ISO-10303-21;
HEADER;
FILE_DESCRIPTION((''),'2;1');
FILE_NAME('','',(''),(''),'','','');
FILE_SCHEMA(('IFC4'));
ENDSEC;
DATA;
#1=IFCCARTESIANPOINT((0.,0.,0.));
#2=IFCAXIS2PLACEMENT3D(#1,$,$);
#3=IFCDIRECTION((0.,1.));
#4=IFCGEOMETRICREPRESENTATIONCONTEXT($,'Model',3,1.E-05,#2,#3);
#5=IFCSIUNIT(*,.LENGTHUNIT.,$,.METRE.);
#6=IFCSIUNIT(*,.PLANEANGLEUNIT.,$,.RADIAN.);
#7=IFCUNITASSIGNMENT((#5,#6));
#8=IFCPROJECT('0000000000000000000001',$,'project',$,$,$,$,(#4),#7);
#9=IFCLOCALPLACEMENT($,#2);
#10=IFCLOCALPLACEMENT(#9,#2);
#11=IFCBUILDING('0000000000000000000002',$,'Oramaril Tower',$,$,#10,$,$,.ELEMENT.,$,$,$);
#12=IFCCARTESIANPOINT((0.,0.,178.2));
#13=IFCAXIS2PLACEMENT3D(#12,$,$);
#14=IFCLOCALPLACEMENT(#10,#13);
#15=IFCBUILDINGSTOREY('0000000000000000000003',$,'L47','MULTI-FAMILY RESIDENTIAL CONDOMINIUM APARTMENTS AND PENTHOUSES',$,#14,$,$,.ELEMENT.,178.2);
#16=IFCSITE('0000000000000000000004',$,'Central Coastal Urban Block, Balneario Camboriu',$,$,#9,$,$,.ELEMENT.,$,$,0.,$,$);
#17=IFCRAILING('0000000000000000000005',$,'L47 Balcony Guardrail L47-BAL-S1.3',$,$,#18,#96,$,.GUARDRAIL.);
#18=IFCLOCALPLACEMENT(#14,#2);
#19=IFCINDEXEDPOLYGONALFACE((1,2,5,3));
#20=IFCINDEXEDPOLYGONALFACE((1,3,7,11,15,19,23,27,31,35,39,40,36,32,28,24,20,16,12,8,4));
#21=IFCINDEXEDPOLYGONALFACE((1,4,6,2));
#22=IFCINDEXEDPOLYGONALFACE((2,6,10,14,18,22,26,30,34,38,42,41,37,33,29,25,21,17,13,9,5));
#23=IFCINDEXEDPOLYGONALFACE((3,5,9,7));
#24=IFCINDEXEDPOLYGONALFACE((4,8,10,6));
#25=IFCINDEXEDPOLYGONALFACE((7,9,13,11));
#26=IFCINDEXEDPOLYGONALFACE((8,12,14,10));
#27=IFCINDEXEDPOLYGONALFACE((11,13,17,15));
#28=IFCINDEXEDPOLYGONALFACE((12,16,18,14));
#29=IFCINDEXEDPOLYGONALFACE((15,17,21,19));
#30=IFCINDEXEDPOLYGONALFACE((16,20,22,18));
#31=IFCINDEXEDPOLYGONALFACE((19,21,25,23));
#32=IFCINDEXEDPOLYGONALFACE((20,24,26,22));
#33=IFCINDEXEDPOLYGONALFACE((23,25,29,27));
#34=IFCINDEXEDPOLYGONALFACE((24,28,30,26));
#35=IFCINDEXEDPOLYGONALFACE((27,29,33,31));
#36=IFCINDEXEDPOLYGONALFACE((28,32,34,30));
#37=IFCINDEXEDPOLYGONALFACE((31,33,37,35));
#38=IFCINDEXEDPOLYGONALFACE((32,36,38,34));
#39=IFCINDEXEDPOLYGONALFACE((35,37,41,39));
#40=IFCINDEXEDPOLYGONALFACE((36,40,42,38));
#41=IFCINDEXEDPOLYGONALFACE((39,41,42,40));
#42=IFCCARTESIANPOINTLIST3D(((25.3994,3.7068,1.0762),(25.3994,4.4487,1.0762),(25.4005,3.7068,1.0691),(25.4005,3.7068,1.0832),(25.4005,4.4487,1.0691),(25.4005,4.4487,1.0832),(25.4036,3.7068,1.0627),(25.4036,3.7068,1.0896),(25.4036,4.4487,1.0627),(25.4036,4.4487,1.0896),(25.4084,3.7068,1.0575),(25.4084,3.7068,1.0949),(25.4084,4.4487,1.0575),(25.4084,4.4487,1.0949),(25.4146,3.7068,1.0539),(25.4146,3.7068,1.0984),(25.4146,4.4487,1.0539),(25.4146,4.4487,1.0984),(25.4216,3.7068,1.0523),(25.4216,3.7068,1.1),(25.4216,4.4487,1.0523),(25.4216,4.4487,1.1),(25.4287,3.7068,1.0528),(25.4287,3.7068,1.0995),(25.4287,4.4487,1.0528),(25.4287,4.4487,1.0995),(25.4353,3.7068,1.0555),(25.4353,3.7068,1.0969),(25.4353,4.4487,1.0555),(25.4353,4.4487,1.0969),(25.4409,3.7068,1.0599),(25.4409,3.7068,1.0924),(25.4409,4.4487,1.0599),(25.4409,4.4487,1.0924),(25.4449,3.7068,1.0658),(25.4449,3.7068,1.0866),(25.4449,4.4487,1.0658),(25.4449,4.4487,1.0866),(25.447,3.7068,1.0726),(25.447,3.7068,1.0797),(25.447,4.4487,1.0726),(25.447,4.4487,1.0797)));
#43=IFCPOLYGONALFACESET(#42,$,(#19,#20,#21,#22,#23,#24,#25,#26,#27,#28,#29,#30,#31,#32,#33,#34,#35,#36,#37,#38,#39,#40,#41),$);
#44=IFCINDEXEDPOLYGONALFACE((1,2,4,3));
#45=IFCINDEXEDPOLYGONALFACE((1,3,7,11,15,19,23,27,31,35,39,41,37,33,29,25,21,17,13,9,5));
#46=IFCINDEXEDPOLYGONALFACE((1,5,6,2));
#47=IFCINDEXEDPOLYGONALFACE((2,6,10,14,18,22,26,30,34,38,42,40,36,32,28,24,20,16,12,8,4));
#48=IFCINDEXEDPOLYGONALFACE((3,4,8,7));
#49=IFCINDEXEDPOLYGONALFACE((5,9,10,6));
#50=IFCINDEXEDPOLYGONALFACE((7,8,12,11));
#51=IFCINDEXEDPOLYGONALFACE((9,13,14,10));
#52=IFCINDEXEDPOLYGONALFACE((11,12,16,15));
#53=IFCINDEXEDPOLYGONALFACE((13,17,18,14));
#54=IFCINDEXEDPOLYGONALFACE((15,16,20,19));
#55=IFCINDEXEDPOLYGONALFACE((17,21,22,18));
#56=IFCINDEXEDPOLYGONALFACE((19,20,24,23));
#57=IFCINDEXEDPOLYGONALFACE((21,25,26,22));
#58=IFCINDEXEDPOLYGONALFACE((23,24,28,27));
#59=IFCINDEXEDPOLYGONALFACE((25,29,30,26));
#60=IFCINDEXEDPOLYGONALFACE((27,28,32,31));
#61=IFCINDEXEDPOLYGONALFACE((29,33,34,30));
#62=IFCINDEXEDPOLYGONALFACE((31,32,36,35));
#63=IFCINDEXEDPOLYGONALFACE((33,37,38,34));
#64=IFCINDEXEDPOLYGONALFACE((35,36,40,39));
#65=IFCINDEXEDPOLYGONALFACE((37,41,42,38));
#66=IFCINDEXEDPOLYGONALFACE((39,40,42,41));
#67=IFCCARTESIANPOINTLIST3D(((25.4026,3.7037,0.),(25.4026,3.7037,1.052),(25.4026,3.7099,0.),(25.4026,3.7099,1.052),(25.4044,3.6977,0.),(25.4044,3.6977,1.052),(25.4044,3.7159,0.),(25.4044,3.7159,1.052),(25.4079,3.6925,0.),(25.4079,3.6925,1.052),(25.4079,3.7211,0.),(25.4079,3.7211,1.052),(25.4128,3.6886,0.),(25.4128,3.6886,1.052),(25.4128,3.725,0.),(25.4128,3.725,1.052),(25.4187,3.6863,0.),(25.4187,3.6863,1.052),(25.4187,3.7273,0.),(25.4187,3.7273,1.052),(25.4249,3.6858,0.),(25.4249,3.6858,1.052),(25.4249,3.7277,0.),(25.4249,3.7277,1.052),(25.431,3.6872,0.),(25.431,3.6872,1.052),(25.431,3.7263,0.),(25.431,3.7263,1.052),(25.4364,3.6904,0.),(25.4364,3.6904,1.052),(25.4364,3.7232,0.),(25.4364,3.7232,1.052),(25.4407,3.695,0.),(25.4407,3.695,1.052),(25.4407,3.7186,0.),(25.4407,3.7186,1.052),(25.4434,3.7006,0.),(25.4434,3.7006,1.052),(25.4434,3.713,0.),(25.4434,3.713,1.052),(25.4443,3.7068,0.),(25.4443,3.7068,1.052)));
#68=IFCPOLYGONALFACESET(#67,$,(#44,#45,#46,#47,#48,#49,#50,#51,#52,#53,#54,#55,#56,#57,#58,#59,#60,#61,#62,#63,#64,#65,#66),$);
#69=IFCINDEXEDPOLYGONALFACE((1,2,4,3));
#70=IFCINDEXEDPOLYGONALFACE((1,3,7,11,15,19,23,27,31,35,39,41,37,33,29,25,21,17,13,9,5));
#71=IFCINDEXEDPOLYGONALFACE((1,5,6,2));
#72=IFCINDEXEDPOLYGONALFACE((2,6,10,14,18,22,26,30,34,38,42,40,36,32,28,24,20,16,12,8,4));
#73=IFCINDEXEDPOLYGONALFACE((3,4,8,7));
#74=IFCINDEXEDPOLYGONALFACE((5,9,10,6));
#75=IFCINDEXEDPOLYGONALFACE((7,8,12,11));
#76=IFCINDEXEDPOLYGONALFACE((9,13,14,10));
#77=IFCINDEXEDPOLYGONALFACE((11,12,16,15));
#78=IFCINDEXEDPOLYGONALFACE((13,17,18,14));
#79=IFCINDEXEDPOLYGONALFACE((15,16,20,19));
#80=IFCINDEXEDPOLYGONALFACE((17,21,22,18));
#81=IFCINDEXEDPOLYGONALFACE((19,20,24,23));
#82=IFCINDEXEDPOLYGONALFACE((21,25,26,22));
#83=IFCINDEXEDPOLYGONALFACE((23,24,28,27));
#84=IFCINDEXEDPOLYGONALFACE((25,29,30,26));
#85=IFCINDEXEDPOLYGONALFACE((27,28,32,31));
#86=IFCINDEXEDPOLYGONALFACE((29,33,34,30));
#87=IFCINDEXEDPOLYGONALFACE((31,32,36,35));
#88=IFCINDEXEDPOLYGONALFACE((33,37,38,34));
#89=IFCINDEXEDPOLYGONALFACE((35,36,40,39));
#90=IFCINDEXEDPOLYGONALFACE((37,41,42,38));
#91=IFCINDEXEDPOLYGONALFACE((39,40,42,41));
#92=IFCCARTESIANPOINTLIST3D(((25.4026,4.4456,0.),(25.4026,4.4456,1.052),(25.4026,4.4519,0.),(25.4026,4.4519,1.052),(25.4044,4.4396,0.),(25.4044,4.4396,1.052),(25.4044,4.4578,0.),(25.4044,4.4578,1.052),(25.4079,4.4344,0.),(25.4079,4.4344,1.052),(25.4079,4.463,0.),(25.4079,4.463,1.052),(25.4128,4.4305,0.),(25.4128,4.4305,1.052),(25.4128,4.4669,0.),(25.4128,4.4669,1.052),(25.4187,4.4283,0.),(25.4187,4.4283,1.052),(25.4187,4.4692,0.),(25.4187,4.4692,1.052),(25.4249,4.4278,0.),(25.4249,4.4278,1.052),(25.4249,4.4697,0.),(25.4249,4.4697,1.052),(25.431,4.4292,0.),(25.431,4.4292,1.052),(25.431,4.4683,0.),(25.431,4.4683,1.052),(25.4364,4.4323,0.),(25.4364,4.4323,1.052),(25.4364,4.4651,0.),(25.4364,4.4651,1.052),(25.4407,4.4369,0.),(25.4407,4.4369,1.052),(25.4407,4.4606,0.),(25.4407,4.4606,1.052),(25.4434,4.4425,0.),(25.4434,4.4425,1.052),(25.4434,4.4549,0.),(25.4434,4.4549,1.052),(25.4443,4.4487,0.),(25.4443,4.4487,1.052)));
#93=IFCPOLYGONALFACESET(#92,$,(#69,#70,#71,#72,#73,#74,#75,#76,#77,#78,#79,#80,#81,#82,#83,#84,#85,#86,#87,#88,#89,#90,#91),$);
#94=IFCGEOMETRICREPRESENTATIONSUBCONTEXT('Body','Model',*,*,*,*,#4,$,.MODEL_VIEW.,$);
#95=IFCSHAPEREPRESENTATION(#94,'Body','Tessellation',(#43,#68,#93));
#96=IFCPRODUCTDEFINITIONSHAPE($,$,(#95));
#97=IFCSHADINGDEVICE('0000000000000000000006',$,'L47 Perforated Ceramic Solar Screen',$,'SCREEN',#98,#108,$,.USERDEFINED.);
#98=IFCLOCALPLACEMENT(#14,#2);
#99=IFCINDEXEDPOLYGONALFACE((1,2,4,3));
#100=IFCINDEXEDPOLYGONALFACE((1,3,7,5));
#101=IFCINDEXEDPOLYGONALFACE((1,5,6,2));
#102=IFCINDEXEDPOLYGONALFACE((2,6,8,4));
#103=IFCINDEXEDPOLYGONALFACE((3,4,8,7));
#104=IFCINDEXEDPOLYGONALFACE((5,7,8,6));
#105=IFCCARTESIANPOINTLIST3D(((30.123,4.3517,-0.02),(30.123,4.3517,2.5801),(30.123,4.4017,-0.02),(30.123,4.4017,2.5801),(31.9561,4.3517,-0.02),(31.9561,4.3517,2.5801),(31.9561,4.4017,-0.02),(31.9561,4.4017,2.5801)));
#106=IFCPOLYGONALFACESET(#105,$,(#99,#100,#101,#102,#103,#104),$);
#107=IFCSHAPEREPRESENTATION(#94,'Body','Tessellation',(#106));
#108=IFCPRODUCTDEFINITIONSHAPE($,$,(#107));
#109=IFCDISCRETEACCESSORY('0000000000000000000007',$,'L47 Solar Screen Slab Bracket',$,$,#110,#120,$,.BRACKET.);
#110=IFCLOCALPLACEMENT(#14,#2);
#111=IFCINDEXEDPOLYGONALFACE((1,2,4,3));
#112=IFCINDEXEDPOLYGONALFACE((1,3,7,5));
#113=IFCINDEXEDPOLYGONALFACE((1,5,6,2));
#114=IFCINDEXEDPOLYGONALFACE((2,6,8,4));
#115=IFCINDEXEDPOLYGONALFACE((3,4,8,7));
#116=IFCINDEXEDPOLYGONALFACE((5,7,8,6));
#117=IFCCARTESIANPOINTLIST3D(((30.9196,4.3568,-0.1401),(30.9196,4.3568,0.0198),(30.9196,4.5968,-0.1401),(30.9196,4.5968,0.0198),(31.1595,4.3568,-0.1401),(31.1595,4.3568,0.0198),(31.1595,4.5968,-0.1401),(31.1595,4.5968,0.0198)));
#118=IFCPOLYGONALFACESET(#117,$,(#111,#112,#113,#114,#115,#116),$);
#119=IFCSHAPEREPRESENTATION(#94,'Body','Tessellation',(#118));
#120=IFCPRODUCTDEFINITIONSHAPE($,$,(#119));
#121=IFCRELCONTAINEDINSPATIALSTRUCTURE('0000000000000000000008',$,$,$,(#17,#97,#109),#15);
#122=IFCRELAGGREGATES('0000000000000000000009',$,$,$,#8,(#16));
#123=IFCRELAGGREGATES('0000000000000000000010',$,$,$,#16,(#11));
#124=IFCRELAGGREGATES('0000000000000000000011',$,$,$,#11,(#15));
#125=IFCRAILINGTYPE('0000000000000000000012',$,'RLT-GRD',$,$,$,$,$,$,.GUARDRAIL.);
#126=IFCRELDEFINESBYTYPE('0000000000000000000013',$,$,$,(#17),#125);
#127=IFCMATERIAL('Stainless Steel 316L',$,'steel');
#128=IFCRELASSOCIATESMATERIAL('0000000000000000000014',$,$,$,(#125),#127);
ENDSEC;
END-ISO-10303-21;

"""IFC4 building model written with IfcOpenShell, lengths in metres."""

from ifc_helpers import new_model, si_unit, direction, frame, origin, origin_2d, place, context, subcontext, project, spatial, rectangle, circle, extrude, material, type_object, element, save


model = new_model("IFC4")

# Units and contexts
model_context = context("Model", 3, precision=1e-05, world=origin(), true_north=direction((0.0, 1.0)))
body_context = subcontext(model_context, "Body", "Model", "MODEL_VIEW")
ifc_project = project(units=[si_unit("LENGTHUNIT", "METRE"), si_unit("PLANEANGLEUNIT", "RADIAN")], contexts=[model_context])

# Site, building, storey
site_placement = place(None, origin())
site = spatial("IfcSite", under=ifc_project, at=site_placement, Name="Central Coastal Urban Block, Balneario Camboriu", CompositionType="ELEMENT", RefElevation=0.0)
building_placement = place(site_placement, origin())
building = spatial("IfcBuilding", under=site, at=building_placement, Name="Oramaril Tower", CompositionType="ELEMENT")
storey_placement = place(building_placement, frame((0.0, 0.0, 178.2)))
storey = spatial("IfcBuildingStorey", under=building, at=storey_placement, Name="L47", Description="MULTI-FAMILY RESIDENTIAL CONDOMINIUM APARTMENTS AND PENTHOUSES", CompositionType="ELEMENT", Elevation=178.2)

# Railing
ifc_material_1 = material(Name="Stainless Steel 316L", Category="steel")
railing_type = type_object("IfcRailingType", Name="RLT-GRD", PredefinedType="GUARDRAIL", material=ifc_material_1)
railing_1_placement = place(storey_placement, frame((25.4233, 3.7068, 0.0)))
element("IfcRailing", 1, at=railing_1_placement, inside=storey, type_object=railing_type, Name="L47 Balcony Guardrail L47-BAL-S1.3", PredefinedType="GUARDRAIL", context=body_context, shape_type="SweptSolid", body=[
    extrude(circle(Radius=0.0239, at=origin_2d()), frame((0.0, 0.0, 1.0762), z_axis=(0.0, 1.0, 0.0), x_axis=(-1.0, 0.0, 0.0)), (0.0, 0.0, 1.0), 0.7419),
    extrude(circle(Radius=0.021, at=origin_2d()), origin(), (0.0, 0.0, 1.0), 1.052),
    extrude(circle(Radius=0.021, at=origin_2d()), frame((0.0, 0.7419, 0.0)), (0.0, 0.0, 1.0), 1.052),
])

# Shading device
shading_device_placement = place(storey_placement, frame((31.0396, 4.3767, -0.02), z_axis=(0.0, 0.0, 1.0), x_axis=(1.0, 0.0, 0.0)))
element("IfcShadingDevice", 2, at=shading_device_placement, inside=storey, Name="L47 Perforated Ceramic Solar Screen", ObjectType="SCREEN", PredefinedType="USERDEFINED", context=body_context, shape_type="SweptSolid", body=[
    extrude(rectangle(XDim=1.833, YDim=0.05, at=origin_2d()), origin(), (0.0, 0.0, 1.0), 2.6001),
])

# Discrete accessory
discrete_accessory_placement = place(storey_placement, frame((31.0396, 4.4768, -0.1401), z_axis=(0.0, 0.0, 1.0), x_axis=(1.0, 0.0, 0.0)))
element("IfcDiscreteAccessory", 3, at=discrete_accessory_placement, inside=storey, Name="L47 Solar Screen Slab Bracket", PredefinedType="BRACKET", context=body_context, shape_type="SweptSolid", body=[
    extrude(rectangle(XDim=0.24, YDim=0.24, at=origin_2d()), origin(), (0.0, 0.0, 1.0), 0.1599),
])

save(model, "model.ifc")
